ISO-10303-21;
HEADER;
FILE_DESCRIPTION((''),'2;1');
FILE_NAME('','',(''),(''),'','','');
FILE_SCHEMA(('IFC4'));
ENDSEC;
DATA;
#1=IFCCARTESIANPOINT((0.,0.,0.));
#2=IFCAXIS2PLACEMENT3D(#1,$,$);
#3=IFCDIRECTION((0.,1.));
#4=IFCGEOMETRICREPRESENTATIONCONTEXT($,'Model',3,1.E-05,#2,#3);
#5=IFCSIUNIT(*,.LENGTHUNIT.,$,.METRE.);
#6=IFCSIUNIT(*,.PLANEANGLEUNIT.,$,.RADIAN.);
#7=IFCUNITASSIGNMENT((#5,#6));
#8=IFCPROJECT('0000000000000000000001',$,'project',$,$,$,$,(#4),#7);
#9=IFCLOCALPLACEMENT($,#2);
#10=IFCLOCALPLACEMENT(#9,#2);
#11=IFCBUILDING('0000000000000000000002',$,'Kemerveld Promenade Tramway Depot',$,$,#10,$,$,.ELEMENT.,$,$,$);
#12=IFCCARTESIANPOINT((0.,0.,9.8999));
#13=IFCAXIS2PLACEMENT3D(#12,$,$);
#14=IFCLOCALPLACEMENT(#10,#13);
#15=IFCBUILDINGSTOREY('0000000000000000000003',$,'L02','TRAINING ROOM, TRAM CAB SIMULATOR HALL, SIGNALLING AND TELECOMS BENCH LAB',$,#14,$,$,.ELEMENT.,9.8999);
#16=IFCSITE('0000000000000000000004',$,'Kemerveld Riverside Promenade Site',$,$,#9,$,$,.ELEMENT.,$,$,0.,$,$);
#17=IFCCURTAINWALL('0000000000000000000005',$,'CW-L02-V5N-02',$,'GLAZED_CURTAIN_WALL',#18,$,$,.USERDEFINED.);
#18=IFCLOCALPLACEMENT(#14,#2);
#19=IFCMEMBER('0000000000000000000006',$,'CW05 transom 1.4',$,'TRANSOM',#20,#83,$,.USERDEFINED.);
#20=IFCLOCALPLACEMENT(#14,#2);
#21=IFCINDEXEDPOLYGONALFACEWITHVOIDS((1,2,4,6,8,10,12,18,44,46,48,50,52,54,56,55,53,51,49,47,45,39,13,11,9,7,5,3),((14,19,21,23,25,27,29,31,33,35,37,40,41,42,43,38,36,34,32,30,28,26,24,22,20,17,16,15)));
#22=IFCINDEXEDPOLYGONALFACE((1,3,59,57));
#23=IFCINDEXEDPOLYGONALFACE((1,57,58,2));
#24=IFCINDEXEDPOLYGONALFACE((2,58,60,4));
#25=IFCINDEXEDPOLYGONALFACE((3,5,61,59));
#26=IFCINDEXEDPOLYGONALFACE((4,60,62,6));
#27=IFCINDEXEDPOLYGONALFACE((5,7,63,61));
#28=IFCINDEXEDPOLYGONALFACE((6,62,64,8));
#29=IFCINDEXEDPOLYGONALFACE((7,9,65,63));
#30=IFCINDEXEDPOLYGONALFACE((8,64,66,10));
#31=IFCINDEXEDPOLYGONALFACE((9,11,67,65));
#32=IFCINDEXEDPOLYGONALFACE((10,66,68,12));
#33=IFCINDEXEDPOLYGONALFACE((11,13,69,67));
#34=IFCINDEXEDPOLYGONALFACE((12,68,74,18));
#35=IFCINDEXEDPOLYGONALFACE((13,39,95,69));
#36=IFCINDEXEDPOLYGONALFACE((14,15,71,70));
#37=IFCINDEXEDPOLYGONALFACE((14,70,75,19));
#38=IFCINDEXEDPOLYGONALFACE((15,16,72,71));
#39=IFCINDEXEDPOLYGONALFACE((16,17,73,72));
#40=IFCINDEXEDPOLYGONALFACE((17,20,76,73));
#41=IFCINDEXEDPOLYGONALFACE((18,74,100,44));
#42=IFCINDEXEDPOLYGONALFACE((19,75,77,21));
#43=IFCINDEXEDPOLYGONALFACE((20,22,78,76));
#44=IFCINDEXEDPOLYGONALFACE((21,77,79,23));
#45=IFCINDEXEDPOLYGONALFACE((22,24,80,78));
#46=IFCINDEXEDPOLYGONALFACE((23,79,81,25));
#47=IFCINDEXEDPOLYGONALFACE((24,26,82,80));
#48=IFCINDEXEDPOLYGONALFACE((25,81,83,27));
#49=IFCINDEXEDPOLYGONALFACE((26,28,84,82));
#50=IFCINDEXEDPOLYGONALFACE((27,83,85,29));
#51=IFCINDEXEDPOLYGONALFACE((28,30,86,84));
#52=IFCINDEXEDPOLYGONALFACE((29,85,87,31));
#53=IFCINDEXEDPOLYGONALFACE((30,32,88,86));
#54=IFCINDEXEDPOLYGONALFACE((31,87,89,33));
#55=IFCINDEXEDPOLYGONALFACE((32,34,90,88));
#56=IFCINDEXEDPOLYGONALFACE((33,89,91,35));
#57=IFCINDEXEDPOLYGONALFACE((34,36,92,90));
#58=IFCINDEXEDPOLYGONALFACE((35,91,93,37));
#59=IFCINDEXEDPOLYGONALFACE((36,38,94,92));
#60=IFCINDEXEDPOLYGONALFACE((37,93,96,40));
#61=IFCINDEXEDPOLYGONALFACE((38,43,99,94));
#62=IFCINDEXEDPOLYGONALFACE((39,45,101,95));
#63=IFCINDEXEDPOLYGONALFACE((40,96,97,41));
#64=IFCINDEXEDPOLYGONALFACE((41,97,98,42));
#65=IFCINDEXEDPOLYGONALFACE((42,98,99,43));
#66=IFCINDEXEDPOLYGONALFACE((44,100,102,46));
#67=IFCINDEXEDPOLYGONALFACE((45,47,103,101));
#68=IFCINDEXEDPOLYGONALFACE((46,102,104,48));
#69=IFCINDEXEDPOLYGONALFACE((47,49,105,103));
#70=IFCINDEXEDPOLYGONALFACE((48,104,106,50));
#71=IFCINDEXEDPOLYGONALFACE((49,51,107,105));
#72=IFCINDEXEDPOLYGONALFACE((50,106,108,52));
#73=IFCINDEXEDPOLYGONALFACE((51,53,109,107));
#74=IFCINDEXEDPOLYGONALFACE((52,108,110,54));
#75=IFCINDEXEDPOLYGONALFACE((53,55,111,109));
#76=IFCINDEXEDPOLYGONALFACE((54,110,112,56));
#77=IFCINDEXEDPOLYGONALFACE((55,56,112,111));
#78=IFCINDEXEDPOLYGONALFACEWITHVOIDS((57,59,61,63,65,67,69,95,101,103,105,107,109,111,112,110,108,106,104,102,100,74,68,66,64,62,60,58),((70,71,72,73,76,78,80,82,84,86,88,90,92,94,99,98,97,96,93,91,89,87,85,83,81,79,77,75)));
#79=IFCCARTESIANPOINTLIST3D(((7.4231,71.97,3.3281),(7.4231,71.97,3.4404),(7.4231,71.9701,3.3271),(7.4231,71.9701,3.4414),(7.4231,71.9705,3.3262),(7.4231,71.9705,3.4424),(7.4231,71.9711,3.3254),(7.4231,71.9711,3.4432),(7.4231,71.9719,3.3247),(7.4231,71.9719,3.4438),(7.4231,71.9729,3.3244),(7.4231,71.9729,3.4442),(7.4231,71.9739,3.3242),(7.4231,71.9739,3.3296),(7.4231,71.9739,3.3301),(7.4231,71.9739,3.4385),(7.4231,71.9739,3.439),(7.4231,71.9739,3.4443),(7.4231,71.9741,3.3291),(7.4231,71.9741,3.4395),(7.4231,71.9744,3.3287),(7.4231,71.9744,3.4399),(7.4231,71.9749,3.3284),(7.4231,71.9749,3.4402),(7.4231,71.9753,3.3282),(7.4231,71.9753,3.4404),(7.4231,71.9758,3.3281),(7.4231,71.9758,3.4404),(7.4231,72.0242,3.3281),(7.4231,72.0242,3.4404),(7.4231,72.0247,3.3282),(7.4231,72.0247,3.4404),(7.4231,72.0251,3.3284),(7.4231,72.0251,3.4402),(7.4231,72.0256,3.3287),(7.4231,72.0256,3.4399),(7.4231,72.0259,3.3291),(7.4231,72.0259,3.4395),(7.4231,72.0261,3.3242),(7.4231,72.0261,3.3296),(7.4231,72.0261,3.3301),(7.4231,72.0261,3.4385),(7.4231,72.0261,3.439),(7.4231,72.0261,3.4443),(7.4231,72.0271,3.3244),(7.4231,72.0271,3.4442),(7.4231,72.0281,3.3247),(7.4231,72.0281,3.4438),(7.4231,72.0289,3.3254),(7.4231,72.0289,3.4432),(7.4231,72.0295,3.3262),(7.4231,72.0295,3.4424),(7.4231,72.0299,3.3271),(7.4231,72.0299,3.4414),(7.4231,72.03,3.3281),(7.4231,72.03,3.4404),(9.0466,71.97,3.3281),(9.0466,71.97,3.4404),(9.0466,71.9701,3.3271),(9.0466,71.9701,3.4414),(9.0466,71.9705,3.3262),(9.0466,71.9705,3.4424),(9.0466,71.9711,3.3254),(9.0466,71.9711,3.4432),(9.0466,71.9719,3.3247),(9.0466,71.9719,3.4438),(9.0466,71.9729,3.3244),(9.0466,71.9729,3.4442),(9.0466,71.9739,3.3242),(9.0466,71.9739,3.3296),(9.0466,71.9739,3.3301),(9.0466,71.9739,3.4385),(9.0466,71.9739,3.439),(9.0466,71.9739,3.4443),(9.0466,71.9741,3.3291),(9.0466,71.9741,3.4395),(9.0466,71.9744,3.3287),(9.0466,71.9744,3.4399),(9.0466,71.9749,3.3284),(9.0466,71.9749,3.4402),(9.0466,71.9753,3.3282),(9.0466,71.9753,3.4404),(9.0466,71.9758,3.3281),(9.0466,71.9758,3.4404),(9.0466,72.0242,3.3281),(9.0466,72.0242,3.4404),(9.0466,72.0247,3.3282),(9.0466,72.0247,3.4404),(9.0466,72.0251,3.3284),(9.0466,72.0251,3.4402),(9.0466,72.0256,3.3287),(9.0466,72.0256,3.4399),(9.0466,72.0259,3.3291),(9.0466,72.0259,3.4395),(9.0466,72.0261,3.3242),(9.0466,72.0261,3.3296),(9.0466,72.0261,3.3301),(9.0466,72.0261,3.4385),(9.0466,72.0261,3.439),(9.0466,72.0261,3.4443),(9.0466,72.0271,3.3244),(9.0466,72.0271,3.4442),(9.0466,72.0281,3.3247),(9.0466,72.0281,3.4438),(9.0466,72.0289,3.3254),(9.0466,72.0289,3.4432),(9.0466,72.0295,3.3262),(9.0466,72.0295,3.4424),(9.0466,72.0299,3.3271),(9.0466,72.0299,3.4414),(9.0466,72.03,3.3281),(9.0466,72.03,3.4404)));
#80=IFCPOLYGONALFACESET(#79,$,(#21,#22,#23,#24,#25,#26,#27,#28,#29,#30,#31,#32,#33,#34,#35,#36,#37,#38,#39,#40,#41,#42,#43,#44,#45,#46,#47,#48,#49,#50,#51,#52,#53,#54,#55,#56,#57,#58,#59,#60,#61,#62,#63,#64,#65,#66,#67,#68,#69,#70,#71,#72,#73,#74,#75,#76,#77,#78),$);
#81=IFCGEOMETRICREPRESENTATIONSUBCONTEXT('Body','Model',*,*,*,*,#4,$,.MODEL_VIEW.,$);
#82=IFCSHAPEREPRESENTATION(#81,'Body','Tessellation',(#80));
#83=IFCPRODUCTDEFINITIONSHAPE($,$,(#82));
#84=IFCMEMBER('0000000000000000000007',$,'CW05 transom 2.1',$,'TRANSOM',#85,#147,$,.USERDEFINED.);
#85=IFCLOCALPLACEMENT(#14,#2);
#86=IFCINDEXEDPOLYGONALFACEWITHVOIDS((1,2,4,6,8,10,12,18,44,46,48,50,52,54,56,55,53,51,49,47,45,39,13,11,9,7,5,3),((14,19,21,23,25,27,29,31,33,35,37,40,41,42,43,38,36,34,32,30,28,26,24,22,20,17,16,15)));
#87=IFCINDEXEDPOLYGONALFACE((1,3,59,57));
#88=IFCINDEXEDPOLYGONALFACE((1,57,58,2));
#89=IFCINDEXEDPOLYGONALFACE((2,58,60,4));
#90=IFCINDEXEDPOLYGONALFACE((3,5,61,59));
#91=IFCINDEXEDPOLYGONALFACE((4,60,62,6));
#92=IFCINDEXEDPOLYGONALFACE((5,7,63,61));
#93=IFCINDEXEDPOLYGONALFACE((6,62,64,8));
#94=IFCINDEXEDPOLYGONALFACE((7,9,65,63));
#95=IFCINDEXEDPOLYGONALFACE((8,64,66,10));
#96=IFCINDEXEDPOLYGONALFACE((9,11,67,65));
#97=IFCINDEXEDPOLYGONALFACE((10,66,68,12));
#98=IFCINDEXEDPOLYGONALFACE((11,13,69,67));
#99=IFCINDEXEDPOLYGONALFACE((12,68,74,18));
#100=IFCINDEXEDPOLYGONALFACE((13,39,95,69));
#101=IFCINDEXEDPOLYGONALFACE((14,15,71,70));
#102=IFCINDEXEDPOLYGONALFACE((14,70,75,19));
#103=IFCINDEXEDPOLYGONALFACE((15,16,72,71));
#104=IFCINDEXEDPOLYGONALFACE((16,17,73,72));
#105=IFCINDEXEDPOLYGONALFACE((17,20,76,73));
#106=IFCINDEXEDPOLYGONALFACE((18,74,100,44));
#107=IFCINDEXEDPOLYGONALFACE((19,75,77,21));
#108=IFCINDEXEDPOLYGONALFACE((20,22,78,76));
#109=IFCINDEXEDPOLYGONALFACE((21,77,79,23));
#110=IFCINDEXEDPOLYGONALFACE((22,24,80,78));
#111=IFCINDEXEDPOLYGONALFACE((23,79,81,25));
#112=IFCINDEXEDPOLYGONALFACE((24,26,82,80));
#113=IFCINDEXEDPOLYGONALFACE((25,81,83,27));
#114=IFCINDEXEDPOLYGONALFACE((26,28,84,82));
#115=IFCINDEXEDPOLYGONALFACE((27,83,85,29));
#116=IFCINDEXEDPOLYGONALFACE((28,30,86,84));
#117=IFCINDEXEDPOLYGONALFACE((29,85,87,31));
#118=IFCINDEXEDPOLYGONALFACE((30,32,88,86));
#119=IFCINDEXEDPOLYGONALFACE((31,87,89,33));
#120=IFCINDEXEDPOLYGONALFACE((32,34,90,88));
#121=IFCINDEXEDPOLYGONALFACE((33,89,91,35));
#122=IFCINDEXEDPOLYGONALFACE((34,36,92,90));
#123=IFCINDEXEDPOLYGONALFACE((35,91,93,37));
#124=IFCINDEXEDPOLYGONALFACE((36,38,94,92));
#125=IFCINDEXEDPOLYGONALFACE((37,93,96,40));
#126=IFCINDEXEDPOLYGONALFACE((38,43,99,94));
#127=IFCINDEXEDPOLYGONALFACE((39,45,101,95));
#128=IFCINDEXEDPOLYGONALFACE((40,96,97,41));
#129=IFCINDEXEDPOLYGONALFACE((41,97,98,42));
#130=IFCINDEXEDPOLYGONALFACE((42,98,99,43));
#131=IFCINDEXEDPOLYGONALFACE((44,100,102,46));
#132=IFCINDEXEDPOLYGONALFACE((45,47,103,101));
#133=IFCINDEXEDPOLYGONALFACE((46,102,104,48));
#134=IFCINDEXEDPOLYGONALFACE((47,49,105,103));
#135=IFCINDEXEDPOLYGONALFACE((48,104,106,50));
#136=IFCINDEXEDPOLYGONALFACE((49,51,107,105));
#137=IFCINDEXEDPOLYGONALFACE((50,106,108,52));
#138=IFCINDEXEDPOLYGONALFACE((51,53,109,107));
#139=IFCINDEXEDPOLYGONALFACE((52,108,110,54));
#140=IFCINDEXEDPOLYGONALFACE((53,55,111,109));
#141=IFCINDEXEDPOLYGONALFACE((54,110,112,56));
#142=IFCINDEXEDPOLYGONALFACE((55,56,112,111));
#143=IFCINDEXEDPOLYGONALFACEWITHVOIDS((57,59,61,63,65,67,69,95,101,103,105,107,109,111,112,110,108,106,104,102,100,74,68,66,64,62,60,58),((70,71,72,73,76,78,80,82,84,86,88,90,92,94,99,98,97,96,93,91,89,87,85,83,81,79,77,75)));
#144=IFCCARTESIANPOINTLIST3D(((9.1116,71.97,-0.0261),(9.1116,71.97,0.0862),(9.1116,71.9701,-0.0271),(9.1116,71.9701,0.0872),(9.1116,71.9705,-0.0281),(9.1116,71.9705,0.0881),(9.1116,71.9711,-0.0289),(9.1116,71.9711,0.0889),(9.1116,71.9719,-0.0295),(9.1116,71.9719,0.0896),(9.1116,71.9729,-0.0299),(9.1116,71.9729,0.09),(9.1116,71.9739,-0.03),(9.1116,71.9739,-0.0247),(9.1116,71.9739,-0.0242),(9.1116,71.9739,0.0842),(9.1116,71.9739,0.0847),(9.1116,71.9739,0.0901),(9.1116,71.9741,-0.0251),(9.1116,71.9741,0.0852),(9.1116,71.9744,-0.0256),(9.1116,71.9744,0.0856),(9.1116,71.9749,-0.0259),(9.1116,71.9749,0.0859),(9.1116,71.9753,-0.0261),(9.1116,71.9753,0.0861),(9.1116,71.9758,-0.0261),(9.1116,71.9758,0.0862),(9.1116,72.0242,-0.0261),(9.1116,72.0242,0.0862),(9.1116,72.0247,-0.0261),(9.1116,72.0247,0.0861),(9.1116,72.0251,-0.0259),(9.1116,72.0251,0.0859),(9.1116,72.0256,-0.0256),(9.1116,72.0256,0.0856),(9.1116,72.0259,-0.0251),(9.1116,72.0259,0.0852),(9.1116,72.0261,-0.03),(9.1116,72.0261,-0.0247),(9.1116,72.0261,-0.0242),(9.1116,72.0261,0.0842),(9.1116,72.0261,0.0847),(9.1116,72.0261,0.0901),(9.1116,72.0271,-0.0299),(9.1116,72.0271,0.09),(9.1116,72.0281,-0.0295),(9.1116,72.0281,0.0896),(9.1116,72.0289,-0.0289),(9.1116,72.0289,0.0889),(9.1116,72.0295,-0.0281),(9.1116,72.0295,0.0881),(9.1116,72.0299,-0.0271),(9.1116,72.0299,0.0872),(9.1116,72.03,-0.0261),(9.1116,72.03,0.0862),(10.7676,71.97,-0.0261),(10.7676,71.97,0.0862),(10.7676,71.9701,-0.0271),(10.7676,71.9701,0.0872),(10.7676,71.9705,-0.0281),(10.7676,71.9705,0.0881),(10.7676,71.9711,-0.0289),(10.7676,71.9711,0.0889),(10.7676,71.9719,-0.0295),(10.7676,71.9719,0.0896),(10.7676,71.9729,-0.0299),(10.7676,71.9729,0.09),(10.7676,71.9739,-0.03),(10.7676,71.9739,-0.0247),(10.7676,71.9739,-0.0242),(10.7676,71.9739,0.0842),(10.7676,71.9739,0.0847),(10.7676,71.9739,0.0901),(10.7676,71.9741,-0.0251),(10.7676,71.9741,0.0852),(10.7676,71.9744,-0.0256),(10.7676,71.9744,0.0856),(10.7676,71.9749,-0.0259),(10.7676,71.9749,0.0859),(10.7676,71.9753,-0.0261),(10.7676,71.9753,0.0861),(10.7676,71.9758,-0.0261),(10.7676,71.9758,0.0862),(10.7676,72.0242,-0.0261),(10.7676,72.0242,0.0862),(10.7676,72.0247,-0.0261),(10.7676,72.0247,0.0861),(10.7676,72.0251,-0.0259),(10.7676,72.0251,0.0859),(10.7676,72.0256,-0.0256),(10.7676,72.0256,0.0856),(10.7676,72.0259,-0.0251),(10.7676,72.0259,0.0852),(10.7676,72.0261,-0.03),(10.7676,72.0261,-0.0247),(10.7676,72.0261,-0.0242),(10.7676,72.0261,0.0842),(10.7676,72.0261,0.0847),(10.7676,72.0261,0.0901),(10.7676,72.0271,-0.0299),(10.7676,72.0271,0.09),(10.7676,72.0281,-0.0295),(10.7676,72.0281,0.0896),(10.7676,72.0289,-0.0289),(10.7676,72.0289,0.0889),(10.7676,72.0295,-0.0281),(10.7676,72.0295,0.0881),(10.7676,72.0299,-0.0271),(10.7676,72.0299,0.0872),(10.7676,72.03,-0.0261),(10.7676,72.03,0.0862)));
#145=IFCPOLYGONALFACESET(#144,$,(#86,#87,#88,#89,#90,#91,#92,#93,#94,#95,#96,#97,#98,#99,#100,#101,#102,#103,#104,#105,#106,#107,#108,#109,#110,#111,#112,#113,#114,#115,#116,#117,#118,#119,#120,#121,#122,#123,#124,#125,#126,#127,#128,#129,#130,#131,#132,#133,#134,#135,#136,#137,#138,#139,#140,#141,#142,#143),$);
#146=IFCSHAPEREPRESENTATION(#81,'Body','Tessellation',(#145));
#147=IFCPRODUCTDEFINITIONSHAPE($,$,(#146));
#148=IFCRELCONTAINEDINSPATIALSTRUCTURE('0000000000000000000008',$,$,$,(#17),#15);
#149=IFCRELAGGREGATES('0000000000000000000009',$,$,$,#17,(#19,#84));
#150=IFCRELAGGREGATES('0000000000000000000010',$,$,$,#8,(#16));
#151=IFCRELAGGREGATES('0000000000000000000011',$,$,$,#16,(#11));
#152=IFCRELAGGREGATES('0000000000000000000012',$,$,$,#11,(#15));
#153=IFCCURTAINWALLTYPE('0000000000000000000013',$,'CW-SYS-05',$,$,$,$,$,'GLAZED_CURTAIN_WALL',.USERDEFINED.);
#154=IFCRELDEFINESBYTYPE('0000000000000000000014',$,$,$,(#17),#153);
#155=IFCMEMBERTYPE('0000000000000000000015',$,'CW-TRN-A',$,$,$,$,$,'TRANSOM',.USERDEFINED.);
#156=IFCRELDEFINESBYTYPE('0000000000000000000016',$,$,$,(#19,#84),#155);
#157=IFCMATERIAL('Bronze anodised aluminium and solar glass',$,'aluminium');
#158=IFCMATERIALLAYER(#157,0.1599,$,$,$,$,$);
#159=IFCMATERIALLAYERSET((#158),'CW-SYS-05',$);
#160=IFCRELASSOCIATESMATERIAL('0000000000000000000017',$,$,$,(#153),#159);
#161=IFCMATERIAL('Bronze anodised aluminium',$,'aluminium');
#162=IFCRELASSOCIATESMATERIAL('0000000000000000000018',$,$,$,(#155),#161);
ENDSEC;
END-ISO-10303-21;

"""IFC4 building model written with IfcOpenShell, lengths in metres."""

from ifc_helpers import new_model, si_unit, direction, frame, origin, origin_2d, place, context, subcontext, project, spatial, hollow_rectangle, extrude, material, layer, layer_set, material_profile, profile_set, type_object, element, aggregate, save


model = new_model("IFC4")

# Units and contexts
model_context = context("Model", 3, precision=1e-05, world=origin(), true_north=direction((0.0, 1.0)))
body_context = subcontext(model_context, "Body", "Model", "MODEL_VIEW")
ifc_project = project(units=[si_unit("LENGTHUNIT", "METRE"), si_unit("PLANEANGLEUNIT", "RADIAN")], contexts=[model_context])

# Site, building, storey
site_placement = place(None, origin())
site = spatial("IfcSite", under=ifc_project, at=site_placement, Name="Kemerveld Riverside Promenade Site", CompositionType="ELEMENT", RefElevation=0.0)
building_placement = place(site_placement, origin())
building = spatial("IfcBuilding", under=site, at=building_placement, Name="Kemerveld Promenade Tramway Depot", CompositionType="ELEMENT")
storey_placement = place(building_placement, frame((0.0, 0.0, 9.8999)))
storey = spatial("IfcBuildingStorey", under=building, at=storey_placement, Name="L02", Description="TRAINING ROOM, TRAM CAB SIMULATOR HALL, SIGNALLING AND TELECOMS BENCH LAB", CompositionType="ELEMENT", Elevation=9.8999)

# Curtain wall, members
ifc_material_1 = material(Name="Bronze anodised aluminium and solar glass", Category="aluminium")
ifc_layer_1 = layer(ifc_material_1, 0.1599)
ifc_layer_set_1 = layer_set([ifc_layer_1], Name="CW-SYS-05")
curtain_wall_type = type_object("IfcCurtainWallType", Name="CW-SYS-05", ElementType="GLAZED_CURTAIN_WALL", PredefinedType="USERDEFINED", material=ifc_layer_set_1)
curtain_wall_placement = place(storey_placement, origin())
curtain_wall = element("IfcCurtainWall", 1, at=curtain_wall_placement, inside=storey, type_object=curtain_wall_type, Name="CW-L02-V5N-02", ObjectType="GLAZED_CURTAIN_WALL", PredefinedType="USERDEFINED")
ifc_material_2 = material(Name="Bronze anodised aluminium", Category="aluminium")
ifc_material_profile_1 = material_profile(ifc_material_2, hollow_rectangle(XDim=0.0601, YDim=0.1201, WallThickness=0.0039, InnerFilletRadius=0.002, OuterFilletRadius=0.0039, at=origin_2d()), Name="CW-TRN-120x60")
ifc_profile_set_1 = profile_set([ifc_material_profile_1], Name="Bronze anodised aluminium")
member_type_1 = type_object("IfcMemberType", Name="CW-TRN-A", ElementType="TRANSOM", PredefinedType="USERDEFINED", material=ifc_profile_set_1)
member_1_placement = place(storey_placement, frame((7.4231, 72.0, 3.3843), z_axis=(1.0, 0.0, 0.0), x_axis=(0.0, 1.0, 0.0)))
member_1 = element("IfcMember", 2, at=member_1_placement, type_object=member_type_1, Name="CW05 transom 1.4", ObjectType="TRANSOM", PredefinedType="USERDEFINED", context=body_context, shape_type="SweptSolid", body=[
    extrude(hollow_rectangle(XDim=0.0601, YDim=0.1201, WallThickness=0.0039, InnerFilletRadius=0.002, OuterFilletRadius=0.0039, at=origin_2d()), origin(), (0.0, 0.0, 1.0), 1.6235),
])
member_2_placement = place(storey_placement, frame((9.1116, 72.0, 0.03), z_axis=(1.0, 0.0, 0.0), x_axis=(0.0, 1.0, 0.0)))
member_2 = element("IfcMember", 3, at=member_2_placement, type_object=member_type_1, Name="CW05 transom 2.1", ObjectType="TRANSOM", PredefinedType="USERDEFINED", context=body_context, shape_type="SweptSolid", body=[
    extrude(hollow_rectangle(XDim=0.0601, YDim=0.1201, WallThickness=0.0039, InnerFilletRadius=0.002, OuterFilletRadius=0.0039, at=origin_2d()), origin(), (0.0, 0.0, 1.0), 1.656),
])
aggregate(curtain_wall, [member_1, member_2])

save(model, "model.ifc")
